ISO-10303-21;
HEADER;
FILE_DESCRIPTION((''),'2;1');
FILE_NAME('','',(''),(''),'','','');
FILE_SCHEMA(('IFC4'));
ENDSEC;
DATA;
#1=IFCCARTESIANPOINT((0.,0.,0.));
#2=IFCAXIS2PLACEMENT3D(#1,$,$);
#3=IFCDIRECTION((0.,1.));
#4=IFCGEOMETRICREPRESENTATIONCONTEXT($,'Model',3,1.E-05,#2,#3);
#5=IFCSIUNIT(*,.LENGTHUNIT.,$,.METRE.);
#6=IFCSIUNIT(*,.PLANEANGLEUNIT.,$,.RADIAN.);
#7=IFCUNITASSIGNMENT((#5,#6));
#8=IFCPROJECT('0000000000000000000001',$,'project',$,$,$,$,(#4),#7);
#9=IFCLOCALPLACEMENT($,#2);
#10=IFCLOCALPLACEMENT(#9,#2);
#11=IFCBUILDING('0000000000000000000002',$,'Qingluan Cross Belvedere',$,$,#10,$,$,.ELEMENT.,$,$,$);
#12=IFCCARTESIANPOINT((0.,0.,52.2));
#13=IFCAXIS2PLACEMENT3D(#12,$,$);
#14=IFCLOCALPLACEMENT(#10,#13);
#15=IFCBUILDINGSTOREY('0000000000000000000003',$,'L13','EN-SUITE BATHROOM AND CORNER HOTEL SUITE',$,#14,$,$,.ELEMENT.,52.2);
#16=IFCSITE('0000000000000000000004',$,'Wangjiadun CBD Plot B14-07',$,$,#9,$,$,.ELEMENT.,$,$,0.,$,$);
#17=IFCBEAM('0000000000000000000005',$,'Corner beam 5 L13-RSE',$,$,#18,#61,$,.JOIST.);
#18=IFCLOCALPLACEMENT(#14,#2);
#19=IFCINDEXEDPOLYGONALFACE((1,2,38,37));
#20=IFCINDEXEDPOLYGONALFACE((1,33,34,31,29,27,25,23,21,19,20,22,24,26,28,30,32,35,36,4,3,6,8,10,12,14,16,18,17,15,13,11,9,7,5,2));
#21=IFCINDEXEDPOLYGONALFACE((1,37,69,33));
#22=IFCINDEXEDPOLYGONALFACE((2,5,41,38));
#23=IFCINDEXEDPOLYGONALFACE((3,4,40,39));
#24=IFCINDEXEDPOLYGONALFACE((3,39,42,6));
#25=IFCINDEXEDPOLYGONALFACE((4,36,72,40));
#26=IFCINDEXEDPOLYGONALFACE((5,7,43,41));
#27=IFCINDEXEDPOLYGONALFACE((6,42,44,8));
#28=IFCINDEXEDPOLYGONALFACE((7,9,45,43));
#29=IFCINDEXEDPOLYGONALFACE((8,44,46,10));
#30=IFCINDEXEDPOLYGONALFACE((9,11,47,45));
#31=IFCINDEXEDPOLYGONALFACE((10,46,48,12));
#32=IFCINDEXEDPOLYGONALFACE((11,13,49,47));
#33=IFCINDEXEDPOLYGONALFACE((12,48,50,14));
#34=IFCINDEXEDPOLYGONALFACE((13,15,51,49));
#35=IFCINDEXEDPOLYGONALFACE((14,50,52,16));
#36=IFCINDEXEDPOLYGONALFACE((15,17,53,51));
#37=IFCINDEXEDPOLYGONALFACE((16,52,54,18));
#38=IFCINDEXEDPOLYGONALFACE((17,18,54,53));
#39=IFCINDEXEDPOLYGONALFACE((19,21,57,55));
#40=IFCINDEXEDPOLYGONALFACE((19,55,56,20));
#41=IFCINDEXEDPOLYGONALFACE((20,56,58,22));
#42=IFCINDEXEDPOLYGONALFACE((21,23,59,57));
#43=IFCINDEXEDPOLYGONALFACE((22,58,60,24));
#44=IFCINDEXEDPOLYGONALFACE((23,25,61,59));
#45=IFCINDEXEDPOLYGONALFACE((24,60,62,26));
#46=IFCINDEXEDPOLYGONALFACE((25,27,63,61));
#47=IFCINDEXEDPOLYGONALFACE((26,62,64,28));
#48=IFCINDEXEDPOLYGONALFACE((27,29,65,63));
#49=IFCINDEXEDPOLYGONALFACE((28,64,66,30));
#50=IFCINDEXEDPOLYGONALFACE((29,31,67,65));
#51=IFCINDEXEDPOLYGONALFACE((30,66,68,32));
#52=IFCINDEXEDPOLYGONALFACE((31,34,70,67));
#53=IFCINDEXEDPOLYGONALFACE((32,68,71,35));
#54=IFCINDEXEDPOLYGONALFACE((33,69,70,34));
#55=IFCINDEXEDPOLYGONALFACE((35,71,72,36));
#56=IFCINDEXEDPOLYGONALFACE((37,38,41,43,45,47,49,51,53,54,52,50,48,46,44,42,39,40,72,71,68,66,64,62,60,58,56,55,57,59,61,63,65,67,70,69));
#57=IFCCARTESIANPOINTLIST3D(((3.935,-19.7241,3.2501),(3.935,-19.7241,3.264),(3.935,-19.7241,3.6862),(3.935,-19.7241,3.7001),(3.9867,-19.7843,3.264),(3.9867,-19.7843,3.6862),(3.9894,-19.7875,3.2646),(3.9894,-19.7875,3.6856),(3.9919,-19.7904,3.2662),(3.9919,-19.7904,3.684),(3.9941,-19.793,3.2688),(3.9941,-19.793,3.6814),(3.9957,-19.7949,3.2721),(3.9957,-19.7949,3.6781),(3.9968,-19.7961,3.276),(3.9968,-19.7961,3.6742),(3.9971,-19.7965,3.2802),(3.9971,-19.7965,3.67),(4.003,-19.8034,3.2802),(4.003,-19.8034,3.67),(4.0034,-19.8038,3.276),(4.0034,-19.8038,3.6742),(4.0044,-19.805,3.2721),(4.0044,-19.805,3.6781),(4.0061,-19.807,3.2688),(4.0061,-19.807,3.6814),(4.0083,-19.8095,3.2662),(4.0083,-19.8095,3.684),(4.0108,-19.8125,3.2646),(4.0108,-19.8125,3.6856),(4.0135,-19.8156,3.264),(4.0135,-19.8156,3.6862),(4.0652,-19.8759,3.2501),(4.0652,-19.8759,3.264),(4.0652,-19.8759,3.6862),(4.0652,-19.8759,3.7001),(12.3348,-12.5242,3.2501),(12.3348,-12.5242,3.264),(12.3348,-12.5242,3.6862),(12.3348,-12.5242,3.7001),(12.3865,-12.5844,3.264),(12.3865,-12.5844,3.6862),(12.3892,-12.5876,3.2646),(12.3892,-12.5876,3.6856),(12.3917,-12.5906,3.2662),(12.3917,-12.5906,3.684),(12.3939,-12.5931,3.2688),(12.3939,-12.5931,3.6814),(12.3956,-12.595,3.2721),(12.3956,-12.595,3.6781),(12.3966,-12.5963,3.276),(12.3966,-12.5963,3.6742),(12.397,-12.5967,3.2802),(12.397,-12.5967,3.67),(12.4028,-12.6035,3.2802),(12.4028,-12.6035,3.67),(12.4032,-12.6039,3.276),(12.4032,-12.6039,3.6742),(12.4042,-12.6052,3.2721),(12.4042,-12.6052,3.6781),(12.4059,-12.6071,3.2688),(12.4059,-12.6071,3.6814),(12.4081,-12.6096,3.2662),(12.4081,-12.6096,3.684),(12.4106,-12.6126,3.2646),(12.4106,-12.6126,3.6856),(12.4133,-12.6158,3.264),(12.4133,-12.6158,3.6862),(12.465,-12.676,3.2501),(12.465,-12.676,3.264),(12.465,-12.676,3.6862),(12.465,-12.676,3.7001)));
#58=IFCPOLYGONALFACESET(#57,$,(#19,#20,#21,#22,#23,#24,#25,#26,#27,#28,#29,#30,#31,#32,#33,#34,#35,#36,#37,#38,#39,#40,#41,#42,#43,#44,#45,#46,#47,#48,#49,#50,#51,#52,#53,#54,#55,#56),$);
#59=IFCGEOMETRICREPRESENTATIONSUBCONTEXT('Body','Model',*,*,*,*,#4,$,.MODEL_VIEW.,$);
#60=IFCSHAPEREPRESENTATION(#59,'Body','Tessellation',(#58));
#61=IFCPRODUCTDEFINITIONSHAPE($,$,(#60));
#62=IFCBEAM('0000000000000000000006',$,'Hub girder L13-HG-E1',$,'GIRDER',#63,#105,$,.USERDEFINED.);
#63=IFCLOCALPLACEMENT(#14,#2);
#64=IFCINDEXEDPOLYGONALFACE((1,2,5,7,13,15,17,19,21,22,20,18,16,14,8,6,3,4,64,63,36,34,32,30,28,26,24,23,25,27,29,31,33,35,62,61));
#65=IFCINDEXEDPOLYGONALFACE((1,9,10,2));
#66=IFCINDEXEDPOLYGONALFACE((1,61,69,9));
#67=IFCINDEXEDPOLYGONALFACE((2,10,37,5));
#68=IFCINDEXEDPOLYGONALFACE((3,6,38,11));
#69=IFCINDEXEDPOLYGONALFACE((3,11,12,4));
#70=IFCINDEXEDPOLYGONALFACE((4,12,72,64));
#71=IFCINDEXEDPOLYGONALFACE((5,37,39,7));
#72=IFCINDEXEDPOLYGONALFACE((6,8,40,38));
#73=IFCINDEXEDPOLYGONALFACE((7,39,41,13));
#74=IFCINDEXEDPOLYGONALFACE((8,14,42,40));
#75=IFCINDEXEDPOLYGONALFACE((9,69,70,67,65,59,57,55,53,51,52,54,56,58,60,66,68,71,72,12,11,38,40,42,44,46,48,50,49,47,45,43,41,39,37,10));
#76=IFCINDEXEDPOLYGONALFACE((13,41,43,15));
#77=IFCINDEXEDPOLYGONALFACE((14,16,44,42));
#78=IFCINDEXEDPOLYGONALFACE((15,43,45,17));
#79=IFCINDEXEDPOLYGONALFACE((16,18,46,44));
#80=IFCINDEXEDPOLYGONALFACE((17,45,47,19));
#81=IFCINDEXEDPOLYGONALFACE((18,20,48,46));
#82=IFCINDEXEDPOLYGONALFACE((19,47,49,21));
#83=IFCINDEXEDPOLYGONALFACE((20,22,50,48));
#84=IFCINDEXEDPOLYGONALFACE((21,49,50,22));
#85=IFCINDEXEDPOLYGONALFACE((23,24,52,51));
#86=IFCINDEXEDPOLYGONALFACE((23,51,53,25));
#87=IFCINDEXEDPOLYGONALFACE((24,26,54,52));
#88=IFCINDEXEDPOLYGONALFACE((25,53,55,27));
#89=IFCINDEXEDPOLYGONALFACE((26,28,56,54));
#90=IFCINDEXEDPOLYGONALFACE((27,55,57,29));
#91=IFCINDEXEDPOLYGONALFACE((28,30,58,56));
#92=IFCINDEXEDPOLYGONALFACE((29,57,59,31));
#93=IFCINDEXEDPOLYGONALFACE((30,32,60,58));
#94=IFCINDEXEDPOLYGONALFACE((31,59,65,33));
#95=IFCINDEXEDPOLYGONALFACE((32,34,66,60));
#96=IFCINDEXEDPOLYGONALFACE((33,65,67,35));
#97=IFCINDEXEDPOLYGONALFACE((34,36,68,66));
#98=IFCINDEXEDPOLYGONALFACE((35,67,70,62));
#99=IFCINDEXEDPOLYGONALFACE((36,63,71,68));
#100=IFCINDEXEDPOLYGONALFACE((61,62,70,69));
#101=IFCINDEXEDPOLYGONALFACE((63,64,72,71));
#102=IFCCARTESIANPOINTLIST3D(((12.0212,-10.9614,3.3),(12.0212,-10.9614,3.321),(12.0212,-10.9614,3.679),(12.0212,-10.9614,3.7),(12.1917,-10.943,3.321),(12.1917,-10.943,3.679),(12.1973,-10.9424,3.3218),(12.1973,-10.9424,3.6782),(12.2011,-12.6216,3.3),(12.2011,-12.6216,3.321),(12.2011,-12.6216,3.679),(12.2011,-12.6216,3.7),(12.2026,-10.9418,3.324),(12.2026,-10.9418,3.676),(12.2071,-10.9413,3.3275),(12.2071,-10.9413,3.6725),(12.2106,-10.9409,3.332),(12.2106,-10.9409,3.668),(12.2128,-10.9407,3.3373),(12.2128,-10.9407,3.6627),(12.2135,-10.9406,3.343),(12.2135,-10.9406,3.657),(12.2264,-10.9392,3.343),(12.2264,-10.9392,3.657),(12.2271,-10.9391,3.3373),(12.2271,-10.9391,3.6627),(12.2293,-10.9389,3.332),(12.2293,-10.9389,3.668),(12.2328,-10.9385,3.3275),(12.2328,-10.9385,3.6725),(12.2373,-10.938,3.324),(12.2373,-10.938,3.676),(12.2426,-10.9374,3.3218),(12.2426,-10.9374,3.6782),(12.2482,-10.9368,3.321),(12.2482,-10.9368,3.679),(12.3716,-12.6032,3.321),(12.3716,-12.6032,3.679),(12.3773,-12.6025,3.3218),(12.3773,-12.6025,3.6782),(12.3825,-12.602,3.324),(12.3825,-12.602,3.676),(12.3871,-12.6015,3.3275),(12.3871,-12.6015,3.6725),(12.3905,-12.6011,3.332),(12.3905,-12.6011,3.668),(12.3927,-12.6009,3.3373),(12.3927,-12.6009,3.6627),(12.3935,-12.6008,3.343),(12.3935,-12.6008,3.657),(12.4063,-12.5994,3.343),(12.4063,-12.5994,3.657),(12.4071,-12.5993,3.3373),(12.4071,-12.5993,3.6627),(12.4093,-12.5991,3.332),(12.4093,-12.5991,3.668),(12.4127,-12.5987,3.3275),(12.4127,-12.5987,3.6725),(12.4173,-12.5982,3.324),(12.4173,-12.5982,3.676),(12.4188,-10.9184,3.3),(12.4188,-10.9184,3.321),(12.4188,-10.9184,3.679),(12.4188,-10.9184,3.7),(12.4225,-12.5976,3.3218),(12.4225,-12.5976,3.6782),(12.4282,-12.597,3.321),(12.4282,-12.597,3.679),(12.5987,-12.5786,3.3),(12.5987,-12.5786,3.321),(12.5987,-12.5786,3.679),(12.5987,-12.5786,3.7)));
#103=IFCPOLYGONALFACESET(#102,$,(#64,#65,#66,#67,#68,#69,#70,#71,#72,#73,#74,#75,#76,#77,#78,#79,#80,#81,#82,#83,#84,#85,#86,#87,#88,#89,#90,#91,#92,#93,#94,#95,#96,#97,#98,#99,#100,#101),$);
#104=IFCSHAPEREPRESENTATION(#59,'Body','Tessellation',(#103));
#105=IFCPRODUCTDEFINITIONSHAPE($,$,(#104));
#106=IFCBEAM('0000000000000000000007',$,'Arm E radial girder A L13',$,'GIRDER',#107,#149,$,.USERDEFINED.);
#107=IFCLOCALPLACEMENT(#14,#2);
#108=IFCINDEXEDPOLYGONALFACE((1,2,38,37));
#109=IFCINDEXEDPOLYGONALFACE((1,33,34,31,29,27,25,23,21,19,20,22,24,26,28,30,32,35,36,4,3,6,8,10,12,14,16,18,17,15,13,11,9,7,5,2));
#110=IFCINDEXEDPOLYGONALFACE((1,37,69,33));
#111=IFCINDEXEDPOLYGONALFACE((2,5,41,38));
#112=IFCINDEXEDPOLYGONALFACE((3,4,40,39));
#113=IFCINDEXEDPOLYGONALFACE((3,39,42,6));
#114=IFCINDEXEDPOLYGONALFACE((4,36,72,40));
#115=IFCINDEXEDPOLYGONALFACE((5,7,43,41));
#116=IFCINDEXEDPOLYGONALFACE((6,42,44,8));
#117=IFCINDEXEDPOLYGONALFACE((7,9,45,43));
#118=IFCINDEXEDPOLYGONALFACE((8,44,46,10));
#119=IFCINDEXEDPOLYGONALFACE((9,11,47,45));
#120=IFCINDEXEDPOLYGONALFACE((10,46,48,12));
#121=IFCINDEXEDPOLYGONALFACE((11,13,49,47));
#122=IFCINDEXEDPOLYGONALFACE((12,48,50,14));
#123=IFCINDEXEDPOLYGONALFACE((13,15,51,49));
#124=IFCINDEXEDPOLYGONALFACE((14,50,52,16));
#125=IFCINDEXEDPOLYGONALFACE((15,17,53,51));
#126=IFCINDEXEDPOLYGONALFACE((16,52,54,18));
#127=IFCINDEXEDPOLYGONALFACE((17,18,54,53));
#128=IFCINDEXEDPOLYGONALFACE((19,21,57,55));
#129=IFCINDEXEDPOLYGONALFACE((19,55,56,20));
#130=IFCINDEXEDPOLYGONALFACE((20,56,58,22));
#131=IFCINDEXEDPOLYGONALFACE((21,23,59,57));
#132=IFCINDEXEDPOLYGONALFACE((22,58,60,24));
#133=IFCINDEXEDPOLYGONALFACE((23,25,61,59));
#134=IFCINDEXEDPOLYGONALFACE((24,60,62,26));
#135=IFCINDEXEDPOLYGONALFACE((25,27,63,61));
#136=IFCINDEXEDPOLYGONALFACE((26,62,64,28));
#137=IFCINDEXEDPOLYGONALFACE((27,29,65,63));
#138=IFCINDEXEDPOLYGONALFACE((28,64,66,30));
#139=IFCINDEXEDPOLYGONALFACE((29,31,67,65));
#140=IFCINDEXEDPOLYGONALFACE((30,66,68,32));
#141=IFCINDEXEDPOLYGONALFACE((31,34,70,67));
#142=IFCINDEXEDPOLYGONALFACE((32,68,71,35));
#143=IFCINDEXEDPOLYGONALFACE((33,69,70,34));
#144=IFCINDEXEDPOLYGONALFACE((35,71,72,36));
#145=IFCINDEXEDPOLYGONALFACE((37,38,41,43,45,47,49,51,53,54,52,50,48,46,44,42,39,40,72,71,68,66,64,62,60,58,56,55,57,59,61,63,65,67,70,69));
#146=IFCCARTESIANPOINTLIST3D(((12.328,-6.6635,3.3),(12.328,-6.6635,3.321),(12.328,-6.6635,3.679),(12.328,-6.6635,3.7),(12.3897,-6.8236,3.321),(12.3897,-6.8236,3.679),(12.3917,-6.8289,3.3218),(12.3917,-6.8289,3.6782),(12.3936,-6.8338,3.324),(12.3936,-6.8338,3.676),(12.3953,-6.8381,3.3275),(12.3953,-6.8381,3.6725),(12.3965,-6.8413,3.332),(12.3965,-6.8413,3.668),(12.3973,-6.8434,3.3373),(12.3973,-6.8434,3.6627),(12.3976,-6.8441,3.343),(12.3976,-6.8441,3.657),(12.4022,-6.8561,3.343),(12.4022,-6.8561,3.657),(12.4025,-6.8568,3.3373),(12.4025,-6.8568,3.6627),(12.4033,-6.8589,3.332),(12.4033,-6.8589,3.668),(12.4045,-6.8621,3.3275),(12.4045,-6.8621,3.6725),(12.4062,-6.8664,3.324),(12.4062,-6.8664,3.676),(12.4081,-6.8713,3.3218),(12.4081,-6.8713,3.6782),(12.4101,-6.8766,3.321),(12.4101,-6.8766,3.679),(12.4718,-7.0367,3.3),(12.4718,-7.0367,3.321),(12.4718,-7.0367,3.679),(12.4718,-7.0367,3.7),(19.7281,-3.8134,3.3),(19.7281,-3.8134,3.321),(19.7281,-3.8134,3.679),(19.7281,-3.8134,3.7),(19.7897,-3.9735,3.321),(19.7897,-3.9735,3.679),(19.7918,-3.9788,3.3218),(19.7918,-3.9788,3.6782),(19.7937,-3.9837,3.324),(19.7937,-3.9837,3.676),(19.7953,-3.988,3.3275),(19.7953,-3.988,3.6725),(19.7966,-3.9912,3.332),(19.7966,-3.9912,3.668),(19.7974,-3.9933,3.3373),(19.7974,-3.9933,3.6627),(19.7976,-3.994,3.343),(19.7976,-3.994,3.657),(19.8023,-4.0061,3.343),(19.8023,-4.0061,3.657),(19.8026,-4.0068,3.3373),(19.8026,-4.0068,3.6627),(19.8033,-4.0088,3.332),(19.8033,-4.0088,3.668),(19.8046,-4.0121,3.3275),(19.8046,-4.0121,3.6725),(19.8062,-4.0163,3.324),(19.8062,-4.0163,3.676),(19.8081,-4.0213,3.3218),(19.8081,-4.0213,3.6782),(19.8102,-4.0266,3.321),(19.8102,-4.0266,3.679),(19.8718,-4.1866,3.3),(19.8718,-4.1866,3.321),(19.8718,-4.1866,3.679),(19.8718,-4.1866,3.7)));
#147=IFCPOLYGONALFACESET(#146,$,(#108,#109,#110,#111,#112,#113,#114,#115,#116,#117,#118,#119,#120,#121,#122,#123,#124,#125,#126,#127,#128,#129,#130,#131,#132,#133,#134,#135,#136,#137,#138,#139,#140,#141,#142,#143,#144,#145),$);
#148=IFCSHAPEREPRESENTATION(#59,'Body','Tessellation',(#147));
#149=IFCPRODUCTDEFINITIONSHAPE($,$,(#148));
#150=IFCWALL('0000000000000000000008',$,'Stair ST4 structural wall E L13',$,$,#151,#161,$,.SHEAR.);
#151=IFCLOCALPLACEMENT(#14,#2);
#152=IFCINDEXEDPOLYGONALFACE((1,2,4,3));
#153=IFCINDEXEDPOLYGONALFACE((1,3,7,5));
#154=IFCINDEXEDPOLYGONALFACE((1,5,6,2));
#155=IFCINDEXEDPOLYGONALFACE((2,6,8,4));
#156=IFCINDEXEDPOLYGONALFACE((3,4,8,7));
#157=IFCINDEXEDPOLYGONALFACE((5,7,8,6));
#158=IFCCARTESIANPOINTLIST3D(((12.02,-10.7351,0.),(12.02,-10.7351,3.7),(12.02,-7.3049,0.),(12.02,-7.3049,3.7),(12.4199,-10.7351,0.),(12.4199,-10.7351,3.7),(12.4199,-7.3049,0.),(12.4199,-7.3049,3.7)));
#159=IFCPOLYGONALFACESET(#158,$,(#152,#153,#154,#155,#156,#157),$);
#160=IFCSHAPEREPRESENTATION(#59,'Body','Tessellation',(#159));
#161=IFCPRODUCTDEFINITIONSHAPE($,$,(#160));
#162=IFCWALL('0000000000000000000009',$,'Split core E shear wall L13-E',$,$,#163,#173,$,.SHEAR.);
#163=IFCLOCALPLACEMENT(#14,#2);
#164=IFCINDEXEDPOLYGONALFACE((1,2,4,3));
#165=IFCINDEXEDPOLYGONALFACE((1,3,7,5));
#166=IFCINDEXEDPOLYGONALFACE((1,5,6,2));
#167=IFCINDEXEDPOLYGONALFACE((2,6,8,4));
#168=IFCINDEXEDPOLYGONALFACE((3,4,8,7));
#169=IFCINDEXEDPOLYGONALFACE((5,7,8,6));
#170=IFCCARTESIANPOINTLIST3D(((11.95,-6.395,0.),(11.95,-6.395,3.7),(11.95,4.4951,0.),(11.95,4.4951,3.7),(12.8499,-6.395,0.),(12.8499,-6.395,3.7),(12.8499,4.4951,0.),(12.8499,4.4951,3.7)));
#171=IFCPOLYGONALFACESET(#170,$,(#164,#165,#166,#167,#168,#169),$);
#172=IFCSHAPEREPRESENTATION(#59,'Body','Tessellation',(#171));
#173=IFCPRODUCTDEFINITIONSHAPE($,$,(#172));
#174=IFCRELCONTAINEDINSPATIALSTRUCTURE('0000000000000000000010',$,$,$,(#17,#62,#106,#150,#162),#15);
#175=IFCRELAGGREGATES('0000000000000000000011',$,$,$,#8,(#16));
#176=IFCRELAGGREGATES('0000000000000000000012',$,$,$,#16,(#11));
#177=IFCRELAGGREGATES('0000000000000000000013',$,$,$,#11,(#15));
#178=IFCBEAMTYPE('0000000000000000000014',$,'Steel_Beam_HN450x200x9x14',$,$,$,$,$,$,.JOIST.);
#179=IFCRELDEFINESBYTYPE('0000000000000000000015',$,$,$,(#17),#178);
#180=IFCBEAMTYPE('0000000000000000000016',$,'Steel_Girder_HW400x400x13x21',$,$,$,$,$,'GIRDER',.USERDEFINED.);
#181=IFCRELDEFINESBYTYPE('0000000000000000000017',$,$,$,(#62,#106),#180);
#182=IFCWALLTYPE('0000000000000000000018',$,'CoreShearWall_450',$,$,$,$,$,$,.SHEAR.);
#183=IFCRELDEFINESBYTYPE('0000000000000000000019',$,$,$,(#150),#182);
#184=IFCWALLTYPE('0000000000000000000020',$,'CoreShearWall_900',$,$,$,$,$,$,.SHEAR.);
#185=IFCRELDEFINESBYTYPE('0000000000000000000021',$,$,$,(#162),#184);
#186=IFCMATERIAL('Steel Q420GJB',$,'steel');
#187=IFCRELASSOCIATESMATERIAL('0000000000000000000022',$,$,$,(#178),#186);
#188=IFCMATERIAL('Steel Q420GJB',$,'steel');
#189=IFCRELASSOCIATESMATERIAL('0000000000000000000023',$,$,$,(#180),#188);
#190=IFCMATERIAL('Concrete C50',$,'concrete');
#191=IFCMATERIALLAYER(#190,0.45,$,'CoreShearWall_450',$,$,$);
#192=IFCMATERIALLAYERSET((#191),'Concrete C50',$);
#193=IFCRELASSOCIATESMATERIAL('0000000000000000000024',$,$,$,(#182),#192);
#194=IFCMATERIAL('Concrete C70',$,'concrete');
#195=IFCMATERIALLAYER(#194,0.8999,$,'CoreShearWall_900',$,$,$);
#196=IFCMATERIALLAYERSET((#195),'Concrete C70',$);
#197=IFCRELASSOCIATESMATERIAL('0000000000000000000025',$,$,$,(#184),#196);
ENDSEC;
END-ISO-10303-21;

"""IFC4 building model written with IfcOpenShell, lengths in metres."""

from ifc_helpers import new_model, si_unit, direction, frame, frame_2d, origin, origin_2d, place, context, subcontext, project, spatial, rectangle, i_section, extrude, material, layer, layer_set, material_profile, profile_set, type_object, element, save


model = new_model("IFC4")

# Units and contexts
model_context = context("Model", 3, precision=1e-05, world=origin(), true_north=direction((0.0, 1.0)))
body_context = subcontext(model_context, "Body", "Model", "MODEL_VIEW")
ifc_project = project(units=[si_unit("LENGTHUNIT", "METRE"), si_unit("PLANEANGLEUNIT", "RADIAN")], contexts=[model_context])

# Site, building, storey
site_placement = place(None, origin())
site = spatial("IfcSite", under=ifc_project, at=site_placement, Name="Wangjiadun CBD Plot B14-07", CompositionType="ELEMENT", RefElevation=0.0)
building_placement = place(site_placement, origin())
building = spatial("IfcBuilding", under=site, at=building_placement, Name="Qingluan Cross Belvedere", CompositionType="ELEMENT")
storey_placement = place(building_placement, frame((0.0, 0.0, 52.2)))
storey = spatial("IfcBuildingStorey", under=building, at=storey_placement, Name="L13", Description="EN-SUITE BATHROOM AND CORNER HOTEL SUITE", CompositionType="ELEMENT", Elevation=52.2)

# Beams
ifc_material_1 = material(Name="Steel Q420GJB", Category="steel")
ifc_material_profile_1 = material_profile(ifc_material_1, i_section(OverallWidth=0.2, OverallDepth=0.45, WebThickness=0.009, FlangeThickness=0.0139, FilletRadius=0.0161, at=origin_2d()), Name="HN450x200x9x14")
ifc_profile_set_1 = profile_set([ifc_material_profile_1], Name="Steel Q420GJB")
beam_type_1 = type_object("IfcBeamType", Name="Steel_Beam_HN450x200x9x14", PredefinedType="JOIST", material=ifc_profile_set_1)
beam_1_placement = place(storey_placement, frame((12.3999, -12.6001, 3.4751), z_axis=(-0.759255, -0.650793, 0.0), x_axis=(0.650793, -0.759255, 0.0)))
element("IfcBeam", 1, at=beam_1_placement, inside=storey, type_object=beam_type_1, Name="Corner beam 5 L13-RSE", PredefinedType="JOIST", context=body_context, shape_type="SweptSolid", body=[
    extrude(i_section(OverallWidth=0.2, OverallDepth=0.45, WebThickness=0.009, FlangeThickness=0.0139, FilletRadius=0.0161, at=origin_2d()), origin(), (0.0, 0.0, 1.0), 11.0632),
])
ifc_material_2 = material(Name="Steel Q420GJB", Category="steel")
ifc_material_profile_2 = material_profile(ifc_material_2, i_section(OverallWidth=0.3999, OverallDepth=0.3999, WebThickness=0.0129, FlangeThickness=0.021, FilletRadius=0.022, at=origin_2d()), Name="HW400x400x13x21")
ifc_profile_set_2 = profile_set([ifc_material_profile_2], Name="Steel Q420GJB")
beam_type_2 = type_object("IfcBeamType", Name="Steel_Girder_HW400x400x13x21", ElementType="GIRDER", PredefinedType="USERDEFINED", material=ifc_profile_set_2)
beam_2_placement = place(storey_placement, frame((12.3999, -12.6001, 3.5), z_axis=(-0.107751, 0.994178, 0.0), x_axis=(-0.994178, -0.107751, 0.0)))
element("IfcBeam", 2, at=beam_2_placement, inside=storey, type_object=beam_type_2, Name="Hub girder L13-HG-E1", ObjectType="GIRDER", PredefinedType="USERDEFINED", context=body_context, shape_type="SweptSolid", body=[
    extrude(i_section(OverallWidth=0.3999, OverallDepth=0.3999, WebThickness=0.0129, FlangeThickness=0.021, FilletRadius=0.022, at=origin_2d()), origin(), (0.0, 0.0, 1.0), 1.6699),
])
beam_3_placement = place(storey_placement, frame((12.3999, -6.8501, 3.5), z_axis=(0.933181, 0.359406, 0.0), x_axis=(-0.359406, 0.933181, 0.0)))
element("IfcBeam", 3, at=beam_3_placement, inside=storey, type_object=beam_type_2, Name="Arm E radial girder A L13", ObjectType="GIRDER", PredefinedType="USERDEFINED", context=body_context, shape_type="SweptSolid", body=[
    extrude(i_section(OverallWidth=0.3999, OverallDepth=0.3999, WebThickness=0.0129, FlangeThickness=0.021, FilletRadius=0.022, at=origin_2d()), origin(), (0.0, 0.0, 1.0), 7.9299),
])

# Walls
ifc_material_3 = material(Name="Concrete C50", Category="concrete")
ifc_layer_1 = layer(ifc_material_3, 0.45, Name="CoreShearWall_450")
ifc_layer_set_1 = layer_set([ifc_layer_1], Name="Concrete C50")
wall_type_1 = type_object("IfcWallType", Name="CoreShearWall_450", PredefinedType="SHEAR", material=ifc_layer_set_1)
wall_1_placement = place(storey_placement, frame((12.22, -10.7351, 0.0), z_axis=(0.0, 0.0, 1.0), x_axis=(0.0, 1.0, 0.0)))
element("IfcWall", 4, at=wall_1_placement, inside=storey, type_object=wall_type_1, Name="Stair ST4 structural wall E L13", PredefinedType="SHEAR", context=body_context, shape_type="SweptSolid", body=[
    extrude(rectangle(XDim=3.4302, YDim=0.3999, at=frame_2d((1.7151, 0.0))), origin(), (0.0, 0.0, 1.0), 3.7),
])
ifc_material_4 = material(Name="Concrete C70", Category="concrete")
ifc_layer_2 = layer(ifc_material_4, 0.8999, Name="CoreShearWall_900")
ifc_layer_set_2 = layer_set([ifc_layer_2], Name="Concrete C70")
wall_type_2 = type_object("IfcWallType", Name="CoreShearWall_900", PredefinedType="SHEAR", material=ifc_layer_set_2)
wall_2_placement = place(storey_placement, frame((12.3999, -6.395, 0.0), z_axis=(0.0, 0.0, 1.0), x_axis=(0.0, 1.0, 0.0)))
element("IfcWall", 5, at=wall_2_placement, inside=storey, type_object=wall_type_2, Name="Split core E shear wall L13-E", PredefinedType="SHEAR", context=body_context, shape_type="SweptSolid", body=[
    extrude(rectangle(XDim=10.8901, YDim=0.8999, at=frame_2d((5.4451, 0.0))), origin(), (0.0, 0.0, 1.0), 3.7),
])

save(model, "model.ifc")
